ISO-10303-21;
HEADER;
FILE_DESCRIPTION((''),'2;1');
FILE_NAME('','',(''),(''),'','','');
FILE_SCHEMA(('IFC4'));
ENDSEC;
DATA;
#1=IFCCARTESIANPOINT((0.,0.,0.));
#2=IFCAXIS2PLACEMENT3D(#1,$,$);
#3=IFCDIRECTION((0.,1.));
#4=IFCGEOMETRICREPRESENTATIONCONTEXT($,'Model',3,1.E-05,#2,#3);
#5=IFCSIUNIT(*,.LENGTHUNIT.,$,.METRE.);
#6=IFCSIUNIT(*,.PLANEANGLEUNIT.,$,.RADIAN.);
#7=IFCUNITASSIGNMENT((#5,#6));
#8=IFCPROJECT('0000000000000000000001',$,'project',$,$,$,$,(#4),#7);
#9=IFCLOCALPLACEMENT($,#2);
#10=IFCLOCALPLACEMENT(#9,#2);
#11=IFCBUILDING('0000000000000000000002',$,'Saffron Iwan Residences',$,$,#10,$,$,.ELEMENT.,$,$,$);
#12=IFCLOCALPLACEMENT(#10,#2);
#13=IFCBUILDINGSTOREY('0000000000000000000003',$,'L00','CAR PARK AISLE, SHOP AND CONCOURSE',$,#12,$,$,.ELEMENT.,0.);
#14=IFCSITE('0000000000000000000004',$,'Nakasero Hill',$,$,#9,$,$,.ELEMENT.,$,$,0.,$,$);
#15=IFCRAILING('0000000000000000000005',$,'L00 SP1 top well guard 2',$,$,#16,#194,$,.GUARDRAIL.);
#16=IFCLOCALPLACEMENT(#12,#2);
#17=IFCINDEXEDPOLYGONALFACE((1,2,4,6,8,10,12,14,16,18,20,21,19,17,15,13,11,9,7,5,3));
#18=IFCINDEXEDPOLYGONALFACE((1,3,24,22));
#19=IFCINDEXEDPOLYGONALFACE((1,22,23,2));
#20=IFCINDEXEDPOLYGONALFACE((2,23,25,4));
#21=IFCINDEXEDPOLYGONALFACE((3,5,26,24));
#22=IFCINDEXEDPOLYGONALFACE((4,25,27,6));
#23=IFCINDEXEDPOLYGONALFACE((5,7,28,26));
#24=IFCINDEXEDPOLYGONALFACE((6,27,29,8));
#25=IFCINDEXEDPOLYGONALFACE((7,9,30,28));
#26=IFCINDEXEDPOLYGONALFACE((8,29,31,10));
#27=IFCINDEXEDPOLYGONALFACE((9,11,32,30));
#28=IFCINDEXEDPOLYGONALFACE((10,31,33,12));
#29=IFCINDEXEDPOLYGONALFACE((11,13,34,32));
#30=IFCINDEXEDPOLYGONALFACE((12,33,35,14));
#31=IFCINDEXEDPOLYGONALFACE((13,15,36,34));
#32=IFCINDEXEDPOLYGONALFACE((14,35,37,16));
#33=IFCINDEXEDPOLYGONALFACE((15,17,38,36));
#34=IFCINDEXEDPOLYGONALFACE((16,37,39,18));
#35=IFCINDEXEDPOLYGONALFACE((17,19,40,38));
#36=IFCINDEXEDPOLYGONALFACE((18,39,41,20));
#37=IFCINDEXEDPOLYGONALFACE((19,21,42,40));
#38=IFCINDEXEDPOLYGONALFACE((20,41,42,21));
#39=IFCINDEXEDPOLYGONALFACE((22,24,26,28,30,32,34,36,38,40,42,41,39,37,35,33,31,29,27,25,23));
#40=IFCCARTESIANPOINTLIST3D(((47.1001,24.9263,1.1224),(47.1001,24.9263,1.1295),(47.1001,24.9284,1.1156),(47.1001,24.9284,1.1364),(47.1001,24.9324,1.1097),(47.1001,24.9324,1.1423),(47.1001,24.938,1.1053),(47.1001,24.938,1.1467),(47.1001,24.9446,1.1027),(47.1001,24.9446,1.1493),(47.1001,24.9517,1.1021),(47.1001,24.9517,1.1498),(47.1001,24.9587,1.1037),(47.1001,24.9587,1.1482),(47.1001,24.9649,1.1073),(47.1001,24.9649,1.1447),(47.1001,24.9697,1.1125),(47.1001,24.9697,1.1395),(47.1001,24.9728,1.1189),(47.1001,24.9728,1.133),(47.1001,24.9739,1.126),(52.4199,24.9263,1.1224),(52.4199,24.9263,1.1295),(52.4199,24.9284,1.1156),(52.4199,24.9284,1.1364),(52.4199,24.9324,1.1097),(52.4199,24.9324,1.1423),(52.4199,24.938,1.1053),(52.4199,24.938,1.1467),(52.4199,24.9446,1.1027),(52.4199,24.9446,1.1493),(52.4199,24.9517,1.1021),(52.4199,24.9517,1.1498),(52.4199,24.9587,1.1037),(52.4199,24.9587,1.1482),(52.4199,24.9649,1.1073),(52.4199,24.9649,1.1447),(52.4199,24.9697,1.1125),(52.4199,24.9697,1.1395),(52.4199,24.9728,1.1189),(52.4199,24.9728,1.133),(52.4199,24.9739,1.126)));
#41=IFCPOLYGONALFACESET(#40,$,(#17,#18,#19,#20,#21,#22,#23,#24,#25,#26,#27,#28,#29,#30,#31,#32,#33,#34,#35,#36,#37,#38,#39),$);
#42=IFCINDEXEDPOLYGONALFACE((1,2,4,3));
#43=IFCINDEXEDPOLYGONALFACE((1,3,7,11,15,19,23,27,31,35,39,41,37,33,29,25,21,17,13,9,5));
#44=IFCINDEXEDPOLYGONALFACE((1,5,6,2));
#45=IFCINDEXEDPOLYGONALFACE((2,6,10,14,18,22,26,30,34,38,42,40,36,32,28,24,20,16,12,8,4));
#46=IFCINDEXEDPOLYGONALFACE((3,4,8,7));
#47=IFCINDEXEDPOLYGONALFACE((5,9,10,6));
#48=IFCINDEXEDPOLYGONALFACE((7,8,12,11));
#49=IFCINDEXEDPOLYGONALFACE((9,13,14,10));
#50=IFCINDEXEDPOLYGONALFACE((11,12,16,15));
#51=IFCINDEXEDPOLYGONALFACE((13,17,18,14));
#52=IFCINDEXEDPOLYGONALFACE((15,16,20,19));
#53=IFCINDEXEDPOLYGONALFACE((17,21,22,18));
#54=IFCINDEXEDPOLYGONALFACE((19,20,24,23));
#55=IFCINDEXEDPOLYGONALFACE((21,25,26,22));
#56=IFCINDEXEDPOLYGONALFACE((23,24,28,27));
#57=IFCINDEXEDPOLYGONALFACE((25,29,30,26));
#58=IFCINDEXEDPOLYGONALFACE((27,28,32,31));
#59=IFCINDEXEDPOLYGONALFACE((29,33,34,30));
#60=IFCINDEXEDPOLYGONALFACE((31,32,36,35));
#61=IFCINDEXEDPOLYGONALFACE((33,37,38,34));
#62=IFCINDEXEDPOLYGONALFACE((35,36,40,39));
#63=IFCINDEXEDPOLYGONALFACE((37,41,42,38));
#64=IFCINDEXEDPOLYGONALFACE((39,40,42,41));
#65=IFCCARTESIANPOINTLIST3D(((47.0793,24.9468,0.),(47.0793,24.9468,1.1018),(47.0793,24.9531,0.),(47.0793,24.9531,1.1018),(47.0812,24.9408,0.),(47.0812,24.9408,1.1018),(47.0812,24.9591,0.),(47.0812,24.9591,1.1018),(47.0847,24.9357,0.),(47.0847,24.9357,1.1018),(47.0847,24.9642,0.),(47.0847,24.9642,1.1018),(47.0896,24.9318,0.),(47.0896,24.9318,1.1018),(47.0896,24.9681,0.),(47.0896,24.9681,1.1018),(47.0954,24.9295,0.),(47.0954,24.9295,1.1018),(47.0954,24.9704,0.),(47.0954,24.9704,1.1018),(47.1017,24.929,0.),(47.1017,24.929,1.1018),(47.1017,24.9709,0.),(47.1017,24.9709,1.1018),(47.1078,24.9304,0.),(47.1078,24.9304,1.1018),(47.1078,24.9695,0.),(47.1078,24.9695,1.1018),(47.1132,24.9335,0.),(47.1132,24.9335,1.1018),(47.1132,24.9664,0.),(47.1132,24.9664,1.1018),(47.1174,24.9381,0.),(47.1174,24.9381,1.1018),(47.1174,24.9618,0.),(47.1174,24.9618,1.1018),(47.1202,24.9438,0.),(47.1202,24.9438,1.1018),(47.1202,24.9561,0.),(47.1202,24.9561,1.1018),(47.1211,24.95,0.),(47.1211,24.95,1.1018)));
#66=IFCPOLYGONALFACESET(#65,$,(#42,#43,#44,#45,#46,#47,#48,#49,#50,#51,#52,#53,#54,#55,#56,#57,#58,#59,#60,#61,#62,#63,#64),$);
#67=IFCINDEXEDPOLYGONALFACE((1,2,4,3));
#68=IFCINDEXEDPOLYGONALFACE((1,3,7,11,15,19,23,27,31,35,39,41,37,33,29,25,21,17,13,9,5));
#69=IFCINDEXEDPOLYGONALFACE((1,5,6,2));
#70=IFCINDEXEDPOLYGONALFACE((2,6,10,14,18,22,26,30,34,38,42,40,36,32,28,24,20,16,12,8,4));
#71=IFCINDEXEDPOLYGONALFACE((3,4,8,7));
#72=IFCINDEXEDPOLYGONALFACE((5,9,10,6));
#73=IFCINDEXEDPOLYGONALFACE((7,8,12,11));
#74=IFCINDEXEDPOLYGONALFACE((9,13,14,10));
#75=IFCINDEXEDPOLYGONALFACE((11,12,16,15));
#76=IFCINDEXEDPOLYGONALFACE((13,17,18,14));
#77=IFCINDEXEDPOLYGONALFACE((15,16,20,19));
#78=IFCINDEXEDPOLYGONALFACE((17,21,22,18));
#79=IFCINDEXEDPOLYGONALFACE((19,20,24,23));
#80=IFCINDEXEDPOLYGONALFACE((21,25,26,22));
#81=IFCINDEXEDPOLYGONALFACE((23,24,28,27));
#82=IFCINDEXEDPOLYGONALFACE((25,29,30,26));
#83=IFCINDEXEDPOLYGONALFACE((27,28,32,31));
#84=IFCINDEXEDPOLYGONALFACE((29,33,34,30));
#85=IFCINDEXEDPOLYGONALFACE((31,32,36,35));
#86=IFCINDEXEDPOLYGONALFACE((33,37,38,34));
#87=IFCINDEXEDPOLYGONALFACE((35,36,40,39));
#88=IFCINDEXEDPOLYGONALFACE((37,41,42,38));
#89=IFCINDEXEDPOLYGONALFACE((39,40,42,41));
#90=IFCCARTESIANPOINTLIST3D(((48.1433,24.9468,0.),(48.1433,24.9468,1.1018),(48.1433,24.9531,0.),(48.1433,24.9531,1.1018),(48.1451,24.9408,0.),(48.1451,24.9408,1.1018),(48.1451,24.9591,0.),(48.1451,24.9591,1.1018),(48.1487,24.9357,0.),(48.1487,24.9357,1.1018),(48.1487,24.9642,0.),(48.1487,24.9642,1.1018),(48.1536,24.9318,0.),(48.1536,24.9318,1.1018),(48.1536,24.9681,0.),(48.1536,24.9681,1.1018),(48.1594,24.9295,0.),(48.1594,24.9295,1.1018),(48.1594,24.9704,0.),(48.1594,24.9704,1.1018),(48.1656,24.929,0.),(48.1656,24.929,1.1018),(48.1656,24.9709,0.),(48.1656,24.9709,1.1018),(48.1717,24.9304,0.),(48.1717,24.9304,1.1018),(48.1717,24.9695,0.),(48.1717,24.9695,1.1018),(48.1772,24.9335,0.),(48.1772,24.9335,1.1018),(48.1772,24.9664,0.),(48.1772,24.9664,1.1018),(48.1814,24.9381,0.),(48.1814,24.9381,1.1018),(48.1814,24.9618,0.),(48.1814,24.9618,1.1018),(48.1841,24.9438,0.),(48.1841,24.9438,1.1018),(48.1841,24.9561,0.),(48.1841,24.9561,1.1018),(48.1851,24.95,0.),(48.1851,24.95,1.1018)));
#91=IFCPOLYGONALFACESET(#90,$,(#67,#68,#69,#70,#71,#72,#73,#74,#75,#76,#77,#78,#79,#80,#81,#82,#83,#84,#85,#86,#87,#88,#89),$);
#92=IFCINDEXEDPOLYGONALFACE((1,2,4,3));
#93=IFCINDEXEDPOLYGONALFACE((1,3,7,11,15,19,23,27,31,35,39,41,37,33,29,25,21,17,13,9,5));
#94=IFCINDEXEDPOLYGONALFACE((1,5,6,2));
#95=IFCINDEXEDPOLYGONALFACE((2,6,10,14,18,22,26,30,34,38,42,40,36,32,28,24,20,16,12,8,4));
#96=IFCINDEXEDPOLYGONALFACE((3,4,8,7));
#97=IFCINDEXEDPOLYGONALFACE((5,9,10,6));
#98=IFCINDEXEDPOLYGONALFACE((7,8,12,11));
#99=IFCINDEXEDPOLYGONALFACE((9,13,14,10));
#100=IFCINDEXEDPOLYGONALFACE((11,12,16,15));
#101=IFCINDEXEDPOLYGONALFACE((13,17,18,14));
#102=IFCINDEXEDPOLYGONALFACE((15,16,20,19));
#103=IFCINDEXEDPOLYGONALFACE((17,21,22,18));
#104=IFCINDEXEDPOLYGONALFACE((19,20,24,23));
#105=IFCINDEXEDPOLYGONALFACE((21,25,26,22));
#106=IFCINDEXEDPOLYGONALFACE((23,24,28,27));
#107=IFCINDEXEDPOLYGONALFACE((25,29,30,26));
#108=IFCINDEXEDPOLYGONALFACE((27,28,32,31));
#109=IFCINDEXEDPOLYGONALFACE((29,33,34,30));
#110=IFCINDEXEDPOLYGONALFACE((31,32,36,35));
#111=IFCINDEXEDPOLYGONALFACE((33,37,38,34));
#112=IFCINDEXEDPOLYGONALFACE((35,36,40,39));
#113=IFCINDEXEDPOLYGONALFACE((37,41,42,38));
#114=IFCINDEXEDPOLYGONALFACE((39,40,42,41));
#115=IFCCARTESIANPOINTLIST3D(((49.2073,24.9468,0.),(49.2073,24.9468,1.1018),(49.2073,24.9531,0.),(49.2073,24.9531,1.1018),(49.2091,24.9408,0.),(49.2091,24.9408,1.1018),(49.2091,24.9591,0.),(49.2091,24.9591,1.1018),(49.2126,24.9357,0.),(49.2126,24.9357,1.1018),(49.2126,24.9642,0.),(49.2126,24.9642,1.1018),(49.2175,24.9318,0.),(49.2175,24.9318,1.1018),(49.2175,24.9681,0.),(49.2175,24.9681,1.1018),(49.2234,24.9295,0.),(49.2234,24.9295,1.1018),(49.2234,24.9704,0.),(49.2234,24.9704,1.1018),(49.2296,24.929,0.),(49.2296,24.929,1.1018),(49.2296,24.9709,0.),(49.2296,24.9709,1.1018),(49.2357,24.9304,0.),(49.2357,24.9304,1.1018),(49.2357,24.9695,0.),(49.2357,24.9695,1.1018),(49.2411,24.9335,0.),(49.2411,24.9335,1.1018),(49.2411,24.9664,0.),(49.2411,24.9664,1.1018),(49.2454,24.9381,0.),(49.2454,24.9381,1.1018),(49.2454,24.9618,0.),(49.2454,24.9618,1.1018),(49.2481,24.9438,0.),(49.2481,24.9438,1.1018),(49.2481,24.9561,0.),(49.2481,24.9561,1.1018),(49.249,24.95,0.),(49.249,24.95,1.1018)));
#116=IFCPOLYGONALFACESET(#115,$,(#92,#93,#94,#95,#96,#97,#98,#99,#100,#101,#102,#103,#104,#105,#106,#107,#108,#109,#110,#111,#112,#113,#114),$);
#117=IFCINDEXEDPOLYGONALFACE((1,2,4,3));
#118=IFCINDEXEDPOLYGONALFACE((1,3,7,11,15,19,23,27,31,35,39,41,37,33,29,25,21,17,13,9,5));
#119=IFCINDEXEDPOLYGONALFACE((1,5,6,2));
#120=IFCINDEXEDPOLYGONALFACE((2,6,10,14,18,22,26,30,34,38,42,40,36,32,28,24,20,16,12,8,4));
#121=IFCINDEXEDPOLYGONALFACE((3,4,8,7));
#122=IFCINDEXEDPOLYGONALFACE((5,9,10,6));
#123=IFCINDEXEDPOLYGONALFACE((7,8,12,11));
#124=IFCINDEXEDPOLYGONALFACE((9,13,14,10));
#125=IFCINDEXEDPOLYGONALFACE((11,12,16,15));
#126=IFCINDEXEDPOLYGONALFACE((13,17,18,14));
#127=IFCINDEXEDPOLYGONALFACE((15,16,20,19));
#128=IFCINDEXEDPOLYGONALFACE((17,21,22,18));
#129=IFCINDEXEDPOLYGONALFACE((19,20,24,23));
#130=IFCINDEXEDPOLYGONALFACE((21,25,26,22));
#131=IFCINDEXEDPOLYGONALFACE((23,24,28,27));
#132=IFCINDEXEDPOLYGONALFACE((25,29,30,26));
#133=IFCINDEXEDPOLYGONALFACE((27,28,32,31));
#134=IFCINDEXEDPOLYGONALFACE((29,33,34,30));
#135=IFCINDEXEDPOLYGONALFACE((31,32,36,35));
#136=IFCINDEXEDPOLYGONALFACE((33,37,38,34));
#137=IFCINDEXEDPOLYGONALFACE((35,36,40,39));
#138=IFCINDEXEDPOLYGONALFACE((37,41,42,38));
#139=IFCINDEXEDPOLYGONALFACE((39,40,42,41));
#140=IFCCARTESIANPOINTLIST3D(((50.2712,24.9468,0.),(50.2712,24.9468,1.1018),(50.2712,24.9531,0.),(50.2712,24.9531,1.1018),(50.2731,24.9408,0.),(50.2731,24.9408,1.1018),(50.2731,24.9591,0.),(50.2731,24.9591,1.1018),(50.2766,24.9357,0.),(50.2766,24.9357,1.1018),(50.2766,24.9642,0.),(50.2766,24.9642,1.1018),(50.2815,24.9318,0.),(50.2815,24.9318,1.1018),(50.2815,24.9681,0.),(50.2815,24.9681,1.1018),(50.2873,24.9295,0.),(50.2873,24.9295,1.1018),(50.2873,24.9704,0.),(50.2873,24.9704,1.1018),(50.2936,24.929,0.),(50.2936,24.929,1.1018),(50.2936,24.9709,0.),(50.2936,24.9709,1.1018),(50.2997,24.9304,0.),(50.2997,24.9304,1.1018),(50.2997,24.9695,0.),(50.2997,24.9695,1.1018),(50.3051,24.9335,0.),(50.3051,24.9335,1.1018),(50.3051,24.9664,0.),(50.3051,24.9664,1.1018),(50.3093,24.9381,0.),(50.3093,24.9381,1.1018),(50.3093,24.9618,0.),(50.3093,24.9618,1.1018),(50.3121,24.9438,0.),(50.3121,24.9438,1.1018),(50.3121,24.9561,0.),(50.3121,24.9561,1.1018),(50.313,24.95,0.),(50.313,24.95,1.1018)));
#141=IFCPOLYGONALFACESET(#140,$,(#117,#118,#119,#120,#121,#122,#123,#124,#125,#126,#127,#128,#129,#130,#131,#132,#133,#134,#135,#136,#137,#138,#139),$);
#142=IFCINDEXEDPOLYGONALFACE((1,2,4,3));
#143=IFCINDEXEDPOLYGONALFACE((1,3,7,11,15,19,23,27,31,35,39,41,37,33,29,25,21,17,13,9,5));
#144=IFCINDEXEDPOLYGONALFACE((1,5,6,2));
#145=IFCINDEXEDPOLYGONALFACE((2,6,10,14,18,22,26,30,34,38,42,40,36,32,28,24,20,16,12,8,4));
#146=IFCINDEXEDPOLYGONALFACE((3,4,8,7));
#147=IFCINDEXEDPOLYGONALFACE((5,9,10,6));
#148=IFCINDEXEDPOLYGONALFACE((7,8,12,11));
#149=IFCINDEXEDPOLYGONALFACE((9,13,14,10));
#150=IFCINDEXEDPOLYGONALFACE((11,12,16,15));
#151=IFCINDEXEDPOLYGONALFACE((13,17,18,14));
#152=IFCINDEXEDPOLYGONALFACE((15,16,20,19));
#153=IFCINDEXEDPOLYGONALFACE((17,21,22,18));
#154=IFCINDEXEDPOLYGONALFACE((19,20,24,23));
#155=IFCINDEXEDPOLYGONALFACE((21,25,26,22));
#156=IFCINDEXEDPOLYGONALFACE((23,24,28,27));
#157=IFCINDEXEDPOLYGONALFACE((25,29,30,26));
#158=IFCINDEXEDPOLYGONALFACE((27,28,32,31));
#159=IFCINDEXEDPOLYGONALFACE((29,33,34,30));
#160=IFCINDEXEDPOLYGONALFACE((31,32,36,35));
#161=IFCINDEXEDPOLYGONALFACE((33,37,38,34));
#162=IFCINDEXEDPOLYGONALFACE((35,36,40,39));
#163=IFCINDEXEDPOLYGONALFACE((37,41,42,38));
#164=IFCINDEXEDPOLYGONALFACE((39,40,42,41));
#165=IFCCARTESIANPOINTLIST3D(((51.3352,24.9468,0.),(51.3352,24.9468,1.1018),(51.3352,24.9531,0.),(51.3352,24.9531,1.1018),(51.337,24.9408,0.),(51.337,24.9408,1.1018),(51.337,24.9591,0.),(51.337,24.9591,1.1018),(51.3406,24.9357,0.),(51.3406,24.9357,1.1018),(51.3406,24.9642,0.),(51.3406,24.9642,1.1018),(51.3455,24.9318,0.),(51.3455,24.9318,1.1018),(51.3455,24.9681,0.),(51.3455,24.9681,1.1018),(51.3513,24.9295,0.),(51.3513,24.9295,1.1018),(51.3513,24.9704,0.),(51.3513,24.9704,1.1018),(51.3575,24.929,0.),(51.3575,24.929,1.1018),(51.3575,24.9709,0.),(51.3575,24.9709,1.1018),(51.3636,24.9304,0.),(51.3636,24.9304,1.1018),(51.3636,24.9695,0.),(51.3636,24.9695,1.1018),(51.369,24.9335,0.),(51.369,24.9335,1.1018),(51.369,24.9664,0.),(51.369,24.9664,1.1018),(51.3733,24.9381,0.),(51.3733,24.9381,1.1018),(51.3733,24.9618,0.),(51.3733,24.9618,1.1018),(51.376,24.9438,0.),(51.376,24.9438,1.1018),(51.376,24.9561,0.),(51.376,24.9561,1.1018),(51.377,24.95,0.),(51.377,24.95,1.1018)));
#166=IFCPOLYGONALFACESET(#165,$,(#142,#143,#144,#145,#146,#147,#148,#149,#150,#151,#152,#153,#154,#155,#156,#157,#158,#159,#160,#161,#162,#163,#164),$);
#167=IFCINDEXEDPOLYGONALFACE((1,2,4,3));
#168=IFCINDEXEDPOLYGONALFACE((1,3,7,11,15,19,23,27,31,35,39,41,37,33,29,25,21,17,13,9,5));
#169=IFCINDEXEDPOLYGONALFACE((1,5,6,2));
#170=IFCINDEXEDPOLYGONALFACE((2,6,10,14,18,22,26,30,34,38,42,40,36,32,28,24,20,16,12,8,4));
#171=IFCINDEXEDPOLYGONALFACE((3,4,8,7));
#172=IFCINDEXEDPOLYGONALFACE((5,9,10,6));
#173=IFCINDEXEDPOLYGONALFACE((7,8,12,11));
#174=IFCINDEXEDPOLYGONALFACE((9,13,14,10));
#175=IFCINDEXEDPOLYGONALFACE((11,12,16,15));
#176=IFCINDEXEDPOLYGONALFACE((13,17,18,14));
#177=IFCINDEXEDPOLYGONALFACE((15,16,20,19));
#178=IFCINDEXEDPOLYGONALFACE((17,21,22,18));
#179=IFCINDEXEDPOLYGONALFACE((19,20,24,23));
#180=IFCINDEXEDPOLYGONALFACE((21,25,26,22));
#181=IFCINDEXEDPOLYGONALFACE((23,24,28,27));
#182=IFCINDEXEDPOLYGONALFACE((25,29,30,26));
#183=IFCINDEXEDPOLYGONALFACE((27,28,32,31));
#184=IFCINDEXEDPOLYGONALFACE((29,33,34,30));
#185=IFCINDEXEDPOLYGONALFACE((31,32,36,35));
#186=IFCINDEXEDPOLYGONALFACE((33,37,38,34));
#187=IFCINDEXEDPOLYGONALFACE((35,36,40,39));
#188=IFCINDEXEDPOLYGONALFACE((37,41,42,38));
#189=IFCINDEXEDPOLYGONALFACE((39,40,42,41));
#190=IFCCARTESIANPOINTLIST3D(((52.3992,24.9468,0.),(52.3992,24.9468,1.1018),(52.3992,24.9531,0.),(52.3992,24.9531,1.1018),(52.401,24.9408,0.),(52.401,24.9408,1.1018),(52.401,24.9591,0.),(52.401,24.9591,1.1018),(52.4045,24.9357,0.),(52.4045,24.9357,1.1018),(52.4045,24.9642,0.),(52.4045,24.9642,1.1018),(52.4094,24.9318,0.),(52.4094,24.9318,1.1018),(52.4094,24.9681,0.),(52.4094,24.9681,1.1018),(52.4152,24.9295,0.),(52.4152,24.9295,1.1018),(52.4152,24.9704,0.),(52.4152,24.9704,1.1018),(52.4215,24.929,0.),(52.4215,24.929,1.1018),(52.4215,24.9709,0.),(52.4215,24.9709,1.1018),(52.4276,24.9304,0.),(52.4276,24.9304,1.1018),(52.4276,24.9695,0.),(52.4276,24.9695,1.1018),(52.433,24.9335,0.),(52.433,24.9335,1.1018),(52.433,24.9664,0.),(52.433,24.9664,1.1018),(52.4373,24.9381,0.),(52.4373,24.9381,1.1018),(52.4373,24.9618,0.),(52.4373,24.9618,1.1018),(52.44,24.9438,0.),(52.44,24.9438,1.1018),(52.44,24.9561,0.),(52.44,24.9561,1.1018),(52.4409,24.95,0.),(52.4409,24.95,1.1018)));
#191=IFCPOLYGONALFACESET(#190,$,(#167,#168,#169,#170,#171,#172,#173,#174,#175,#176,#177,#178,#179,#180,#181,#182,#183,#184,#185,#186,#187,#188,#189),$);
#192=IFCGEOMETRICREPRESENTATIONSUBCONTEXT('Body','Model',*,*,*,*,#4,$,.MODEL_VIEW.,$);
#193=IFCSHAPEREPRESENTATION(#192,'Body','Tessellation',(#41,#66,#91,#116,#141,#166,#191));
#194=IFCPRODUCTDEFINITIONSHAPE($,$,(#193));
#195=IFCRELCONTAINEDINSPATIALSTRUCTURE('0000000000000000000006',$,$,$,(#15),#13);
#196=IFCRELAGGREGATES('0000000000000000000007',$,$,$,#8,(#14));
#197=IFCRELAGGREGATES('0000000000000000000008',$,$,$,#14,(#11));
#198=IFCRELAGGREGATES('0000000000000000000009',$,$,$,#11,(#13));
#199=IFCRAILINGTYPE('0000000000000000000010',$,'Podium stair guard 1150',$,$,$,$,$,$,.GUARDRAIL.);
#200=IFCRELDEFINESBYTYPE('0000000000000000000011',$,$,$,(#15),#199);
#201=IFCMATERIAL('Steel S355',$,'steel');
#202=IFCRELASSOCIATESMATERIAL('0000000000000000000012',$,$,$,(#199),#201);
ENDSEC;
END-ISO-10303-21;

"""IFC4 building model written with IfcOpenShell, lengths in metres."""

from ifc_helpers import new_model, si_unit, direction, frame, origin, origin_2d, place, context, subcontext, project, spatial, circle, extrude, material, type_object, element, save


model = new_model("IFC4")

# Units and contexts
model_context = context("Model", 3, precision=1e-05, world=origin(), true_north=direction((0.0, 1.0)))
body_context = subcontext(model_context, "Body", "Model", "MODEL_VIEW")
ifc_project = project(units=[si_unit("LENGTHUNIT", "METRE"), si_unit("PLANEANGLEUNIT", "RADIAN")], contexts=[model_context])

# Site, building, storey
site_placement = place(None, origin())
site = spatial("IfcSite", under=ifc_project, at=site_placement, Name="Nakasero Hill", CompositionType="ELEMENT", RefElevation=0.0)
building_placement = place(site_placement, origin())
building = spatial("IfcBuilding", under=site, at=building_placement, Name="Saffron Iwan Residences", CompositionType="ELEMENT")
storey_placement = place(building_placement, origin())
storey = spatial("IfcBuildingStorey", under=building, at=storey_placement, Name="L00", Description="CAR PARK AISLE, SHOP AND CONCOURSE", CompositionType="ELEMENT", Elevation=0.0)

# Railing
ifc_material_1 = material(Name="Steel S355", Category="steel")
railing_type_1 = type_object("IfcRailingType", Name="Podium stair guard 1150", PredefinedType="GUARDRAIL", material=ifc_material_1)
for number, where, name in (
    (1, (47.1001, 24.95, 0.0), "L00 SP1 top well guard 2"),
):
    element("IfcRailing", number, at=place(storey_placement, frame(where)), inside=storey, type_object=railing_type_1, Name=name, PredefinedType="GUARDRAIL", context=body_context, shape_type="SweptSolid", body=[
        extrude(circle(Radius=0.0239, at=origin_2d()), frame((0.0, 0.0, 1.126), z_axis=(1.0, 0.0, 0.0), x_axis=(0.0, 1.0, 0.0)), (0.0, 0.0, 1.0), 5.3198),
        extrude(circle(Radius=0.021, at=origin_2d()), origin(), (0.0, 0.0, 1.0), 1.1018),
        extrude(circle(Radius=0.021, at=origin_2d()), frame((1.064, 0.0, 0.0)), (0.0, 0.0, 1.0), 1.1018),
        extrude(circle(Radius=0.021, at=origin_2d()), frame((2.1279, 0.0, 0.0)), (0.0, 0.0, 1.0), 1.1018),
        extrude(circle(Radius=0.021, at=origin_2d()), frame((3.1919, 0.0, 0.0)), (0.0, 0.0, 1.0), 1.1018),
        extrude(circle(Radius=0.021, at=origin_2d()), frame((4.2559, 0.0, 0.0)), (0.0, 0.0, 1.0), 1.1018),
        extrude(circle(Radius=0.021, at=origin_2d()), frame((5.3198, 0.0, 0.0)), (0.0, 0.0, 1.0), 1.1018),
    ])

save(model, "model.ifc")
